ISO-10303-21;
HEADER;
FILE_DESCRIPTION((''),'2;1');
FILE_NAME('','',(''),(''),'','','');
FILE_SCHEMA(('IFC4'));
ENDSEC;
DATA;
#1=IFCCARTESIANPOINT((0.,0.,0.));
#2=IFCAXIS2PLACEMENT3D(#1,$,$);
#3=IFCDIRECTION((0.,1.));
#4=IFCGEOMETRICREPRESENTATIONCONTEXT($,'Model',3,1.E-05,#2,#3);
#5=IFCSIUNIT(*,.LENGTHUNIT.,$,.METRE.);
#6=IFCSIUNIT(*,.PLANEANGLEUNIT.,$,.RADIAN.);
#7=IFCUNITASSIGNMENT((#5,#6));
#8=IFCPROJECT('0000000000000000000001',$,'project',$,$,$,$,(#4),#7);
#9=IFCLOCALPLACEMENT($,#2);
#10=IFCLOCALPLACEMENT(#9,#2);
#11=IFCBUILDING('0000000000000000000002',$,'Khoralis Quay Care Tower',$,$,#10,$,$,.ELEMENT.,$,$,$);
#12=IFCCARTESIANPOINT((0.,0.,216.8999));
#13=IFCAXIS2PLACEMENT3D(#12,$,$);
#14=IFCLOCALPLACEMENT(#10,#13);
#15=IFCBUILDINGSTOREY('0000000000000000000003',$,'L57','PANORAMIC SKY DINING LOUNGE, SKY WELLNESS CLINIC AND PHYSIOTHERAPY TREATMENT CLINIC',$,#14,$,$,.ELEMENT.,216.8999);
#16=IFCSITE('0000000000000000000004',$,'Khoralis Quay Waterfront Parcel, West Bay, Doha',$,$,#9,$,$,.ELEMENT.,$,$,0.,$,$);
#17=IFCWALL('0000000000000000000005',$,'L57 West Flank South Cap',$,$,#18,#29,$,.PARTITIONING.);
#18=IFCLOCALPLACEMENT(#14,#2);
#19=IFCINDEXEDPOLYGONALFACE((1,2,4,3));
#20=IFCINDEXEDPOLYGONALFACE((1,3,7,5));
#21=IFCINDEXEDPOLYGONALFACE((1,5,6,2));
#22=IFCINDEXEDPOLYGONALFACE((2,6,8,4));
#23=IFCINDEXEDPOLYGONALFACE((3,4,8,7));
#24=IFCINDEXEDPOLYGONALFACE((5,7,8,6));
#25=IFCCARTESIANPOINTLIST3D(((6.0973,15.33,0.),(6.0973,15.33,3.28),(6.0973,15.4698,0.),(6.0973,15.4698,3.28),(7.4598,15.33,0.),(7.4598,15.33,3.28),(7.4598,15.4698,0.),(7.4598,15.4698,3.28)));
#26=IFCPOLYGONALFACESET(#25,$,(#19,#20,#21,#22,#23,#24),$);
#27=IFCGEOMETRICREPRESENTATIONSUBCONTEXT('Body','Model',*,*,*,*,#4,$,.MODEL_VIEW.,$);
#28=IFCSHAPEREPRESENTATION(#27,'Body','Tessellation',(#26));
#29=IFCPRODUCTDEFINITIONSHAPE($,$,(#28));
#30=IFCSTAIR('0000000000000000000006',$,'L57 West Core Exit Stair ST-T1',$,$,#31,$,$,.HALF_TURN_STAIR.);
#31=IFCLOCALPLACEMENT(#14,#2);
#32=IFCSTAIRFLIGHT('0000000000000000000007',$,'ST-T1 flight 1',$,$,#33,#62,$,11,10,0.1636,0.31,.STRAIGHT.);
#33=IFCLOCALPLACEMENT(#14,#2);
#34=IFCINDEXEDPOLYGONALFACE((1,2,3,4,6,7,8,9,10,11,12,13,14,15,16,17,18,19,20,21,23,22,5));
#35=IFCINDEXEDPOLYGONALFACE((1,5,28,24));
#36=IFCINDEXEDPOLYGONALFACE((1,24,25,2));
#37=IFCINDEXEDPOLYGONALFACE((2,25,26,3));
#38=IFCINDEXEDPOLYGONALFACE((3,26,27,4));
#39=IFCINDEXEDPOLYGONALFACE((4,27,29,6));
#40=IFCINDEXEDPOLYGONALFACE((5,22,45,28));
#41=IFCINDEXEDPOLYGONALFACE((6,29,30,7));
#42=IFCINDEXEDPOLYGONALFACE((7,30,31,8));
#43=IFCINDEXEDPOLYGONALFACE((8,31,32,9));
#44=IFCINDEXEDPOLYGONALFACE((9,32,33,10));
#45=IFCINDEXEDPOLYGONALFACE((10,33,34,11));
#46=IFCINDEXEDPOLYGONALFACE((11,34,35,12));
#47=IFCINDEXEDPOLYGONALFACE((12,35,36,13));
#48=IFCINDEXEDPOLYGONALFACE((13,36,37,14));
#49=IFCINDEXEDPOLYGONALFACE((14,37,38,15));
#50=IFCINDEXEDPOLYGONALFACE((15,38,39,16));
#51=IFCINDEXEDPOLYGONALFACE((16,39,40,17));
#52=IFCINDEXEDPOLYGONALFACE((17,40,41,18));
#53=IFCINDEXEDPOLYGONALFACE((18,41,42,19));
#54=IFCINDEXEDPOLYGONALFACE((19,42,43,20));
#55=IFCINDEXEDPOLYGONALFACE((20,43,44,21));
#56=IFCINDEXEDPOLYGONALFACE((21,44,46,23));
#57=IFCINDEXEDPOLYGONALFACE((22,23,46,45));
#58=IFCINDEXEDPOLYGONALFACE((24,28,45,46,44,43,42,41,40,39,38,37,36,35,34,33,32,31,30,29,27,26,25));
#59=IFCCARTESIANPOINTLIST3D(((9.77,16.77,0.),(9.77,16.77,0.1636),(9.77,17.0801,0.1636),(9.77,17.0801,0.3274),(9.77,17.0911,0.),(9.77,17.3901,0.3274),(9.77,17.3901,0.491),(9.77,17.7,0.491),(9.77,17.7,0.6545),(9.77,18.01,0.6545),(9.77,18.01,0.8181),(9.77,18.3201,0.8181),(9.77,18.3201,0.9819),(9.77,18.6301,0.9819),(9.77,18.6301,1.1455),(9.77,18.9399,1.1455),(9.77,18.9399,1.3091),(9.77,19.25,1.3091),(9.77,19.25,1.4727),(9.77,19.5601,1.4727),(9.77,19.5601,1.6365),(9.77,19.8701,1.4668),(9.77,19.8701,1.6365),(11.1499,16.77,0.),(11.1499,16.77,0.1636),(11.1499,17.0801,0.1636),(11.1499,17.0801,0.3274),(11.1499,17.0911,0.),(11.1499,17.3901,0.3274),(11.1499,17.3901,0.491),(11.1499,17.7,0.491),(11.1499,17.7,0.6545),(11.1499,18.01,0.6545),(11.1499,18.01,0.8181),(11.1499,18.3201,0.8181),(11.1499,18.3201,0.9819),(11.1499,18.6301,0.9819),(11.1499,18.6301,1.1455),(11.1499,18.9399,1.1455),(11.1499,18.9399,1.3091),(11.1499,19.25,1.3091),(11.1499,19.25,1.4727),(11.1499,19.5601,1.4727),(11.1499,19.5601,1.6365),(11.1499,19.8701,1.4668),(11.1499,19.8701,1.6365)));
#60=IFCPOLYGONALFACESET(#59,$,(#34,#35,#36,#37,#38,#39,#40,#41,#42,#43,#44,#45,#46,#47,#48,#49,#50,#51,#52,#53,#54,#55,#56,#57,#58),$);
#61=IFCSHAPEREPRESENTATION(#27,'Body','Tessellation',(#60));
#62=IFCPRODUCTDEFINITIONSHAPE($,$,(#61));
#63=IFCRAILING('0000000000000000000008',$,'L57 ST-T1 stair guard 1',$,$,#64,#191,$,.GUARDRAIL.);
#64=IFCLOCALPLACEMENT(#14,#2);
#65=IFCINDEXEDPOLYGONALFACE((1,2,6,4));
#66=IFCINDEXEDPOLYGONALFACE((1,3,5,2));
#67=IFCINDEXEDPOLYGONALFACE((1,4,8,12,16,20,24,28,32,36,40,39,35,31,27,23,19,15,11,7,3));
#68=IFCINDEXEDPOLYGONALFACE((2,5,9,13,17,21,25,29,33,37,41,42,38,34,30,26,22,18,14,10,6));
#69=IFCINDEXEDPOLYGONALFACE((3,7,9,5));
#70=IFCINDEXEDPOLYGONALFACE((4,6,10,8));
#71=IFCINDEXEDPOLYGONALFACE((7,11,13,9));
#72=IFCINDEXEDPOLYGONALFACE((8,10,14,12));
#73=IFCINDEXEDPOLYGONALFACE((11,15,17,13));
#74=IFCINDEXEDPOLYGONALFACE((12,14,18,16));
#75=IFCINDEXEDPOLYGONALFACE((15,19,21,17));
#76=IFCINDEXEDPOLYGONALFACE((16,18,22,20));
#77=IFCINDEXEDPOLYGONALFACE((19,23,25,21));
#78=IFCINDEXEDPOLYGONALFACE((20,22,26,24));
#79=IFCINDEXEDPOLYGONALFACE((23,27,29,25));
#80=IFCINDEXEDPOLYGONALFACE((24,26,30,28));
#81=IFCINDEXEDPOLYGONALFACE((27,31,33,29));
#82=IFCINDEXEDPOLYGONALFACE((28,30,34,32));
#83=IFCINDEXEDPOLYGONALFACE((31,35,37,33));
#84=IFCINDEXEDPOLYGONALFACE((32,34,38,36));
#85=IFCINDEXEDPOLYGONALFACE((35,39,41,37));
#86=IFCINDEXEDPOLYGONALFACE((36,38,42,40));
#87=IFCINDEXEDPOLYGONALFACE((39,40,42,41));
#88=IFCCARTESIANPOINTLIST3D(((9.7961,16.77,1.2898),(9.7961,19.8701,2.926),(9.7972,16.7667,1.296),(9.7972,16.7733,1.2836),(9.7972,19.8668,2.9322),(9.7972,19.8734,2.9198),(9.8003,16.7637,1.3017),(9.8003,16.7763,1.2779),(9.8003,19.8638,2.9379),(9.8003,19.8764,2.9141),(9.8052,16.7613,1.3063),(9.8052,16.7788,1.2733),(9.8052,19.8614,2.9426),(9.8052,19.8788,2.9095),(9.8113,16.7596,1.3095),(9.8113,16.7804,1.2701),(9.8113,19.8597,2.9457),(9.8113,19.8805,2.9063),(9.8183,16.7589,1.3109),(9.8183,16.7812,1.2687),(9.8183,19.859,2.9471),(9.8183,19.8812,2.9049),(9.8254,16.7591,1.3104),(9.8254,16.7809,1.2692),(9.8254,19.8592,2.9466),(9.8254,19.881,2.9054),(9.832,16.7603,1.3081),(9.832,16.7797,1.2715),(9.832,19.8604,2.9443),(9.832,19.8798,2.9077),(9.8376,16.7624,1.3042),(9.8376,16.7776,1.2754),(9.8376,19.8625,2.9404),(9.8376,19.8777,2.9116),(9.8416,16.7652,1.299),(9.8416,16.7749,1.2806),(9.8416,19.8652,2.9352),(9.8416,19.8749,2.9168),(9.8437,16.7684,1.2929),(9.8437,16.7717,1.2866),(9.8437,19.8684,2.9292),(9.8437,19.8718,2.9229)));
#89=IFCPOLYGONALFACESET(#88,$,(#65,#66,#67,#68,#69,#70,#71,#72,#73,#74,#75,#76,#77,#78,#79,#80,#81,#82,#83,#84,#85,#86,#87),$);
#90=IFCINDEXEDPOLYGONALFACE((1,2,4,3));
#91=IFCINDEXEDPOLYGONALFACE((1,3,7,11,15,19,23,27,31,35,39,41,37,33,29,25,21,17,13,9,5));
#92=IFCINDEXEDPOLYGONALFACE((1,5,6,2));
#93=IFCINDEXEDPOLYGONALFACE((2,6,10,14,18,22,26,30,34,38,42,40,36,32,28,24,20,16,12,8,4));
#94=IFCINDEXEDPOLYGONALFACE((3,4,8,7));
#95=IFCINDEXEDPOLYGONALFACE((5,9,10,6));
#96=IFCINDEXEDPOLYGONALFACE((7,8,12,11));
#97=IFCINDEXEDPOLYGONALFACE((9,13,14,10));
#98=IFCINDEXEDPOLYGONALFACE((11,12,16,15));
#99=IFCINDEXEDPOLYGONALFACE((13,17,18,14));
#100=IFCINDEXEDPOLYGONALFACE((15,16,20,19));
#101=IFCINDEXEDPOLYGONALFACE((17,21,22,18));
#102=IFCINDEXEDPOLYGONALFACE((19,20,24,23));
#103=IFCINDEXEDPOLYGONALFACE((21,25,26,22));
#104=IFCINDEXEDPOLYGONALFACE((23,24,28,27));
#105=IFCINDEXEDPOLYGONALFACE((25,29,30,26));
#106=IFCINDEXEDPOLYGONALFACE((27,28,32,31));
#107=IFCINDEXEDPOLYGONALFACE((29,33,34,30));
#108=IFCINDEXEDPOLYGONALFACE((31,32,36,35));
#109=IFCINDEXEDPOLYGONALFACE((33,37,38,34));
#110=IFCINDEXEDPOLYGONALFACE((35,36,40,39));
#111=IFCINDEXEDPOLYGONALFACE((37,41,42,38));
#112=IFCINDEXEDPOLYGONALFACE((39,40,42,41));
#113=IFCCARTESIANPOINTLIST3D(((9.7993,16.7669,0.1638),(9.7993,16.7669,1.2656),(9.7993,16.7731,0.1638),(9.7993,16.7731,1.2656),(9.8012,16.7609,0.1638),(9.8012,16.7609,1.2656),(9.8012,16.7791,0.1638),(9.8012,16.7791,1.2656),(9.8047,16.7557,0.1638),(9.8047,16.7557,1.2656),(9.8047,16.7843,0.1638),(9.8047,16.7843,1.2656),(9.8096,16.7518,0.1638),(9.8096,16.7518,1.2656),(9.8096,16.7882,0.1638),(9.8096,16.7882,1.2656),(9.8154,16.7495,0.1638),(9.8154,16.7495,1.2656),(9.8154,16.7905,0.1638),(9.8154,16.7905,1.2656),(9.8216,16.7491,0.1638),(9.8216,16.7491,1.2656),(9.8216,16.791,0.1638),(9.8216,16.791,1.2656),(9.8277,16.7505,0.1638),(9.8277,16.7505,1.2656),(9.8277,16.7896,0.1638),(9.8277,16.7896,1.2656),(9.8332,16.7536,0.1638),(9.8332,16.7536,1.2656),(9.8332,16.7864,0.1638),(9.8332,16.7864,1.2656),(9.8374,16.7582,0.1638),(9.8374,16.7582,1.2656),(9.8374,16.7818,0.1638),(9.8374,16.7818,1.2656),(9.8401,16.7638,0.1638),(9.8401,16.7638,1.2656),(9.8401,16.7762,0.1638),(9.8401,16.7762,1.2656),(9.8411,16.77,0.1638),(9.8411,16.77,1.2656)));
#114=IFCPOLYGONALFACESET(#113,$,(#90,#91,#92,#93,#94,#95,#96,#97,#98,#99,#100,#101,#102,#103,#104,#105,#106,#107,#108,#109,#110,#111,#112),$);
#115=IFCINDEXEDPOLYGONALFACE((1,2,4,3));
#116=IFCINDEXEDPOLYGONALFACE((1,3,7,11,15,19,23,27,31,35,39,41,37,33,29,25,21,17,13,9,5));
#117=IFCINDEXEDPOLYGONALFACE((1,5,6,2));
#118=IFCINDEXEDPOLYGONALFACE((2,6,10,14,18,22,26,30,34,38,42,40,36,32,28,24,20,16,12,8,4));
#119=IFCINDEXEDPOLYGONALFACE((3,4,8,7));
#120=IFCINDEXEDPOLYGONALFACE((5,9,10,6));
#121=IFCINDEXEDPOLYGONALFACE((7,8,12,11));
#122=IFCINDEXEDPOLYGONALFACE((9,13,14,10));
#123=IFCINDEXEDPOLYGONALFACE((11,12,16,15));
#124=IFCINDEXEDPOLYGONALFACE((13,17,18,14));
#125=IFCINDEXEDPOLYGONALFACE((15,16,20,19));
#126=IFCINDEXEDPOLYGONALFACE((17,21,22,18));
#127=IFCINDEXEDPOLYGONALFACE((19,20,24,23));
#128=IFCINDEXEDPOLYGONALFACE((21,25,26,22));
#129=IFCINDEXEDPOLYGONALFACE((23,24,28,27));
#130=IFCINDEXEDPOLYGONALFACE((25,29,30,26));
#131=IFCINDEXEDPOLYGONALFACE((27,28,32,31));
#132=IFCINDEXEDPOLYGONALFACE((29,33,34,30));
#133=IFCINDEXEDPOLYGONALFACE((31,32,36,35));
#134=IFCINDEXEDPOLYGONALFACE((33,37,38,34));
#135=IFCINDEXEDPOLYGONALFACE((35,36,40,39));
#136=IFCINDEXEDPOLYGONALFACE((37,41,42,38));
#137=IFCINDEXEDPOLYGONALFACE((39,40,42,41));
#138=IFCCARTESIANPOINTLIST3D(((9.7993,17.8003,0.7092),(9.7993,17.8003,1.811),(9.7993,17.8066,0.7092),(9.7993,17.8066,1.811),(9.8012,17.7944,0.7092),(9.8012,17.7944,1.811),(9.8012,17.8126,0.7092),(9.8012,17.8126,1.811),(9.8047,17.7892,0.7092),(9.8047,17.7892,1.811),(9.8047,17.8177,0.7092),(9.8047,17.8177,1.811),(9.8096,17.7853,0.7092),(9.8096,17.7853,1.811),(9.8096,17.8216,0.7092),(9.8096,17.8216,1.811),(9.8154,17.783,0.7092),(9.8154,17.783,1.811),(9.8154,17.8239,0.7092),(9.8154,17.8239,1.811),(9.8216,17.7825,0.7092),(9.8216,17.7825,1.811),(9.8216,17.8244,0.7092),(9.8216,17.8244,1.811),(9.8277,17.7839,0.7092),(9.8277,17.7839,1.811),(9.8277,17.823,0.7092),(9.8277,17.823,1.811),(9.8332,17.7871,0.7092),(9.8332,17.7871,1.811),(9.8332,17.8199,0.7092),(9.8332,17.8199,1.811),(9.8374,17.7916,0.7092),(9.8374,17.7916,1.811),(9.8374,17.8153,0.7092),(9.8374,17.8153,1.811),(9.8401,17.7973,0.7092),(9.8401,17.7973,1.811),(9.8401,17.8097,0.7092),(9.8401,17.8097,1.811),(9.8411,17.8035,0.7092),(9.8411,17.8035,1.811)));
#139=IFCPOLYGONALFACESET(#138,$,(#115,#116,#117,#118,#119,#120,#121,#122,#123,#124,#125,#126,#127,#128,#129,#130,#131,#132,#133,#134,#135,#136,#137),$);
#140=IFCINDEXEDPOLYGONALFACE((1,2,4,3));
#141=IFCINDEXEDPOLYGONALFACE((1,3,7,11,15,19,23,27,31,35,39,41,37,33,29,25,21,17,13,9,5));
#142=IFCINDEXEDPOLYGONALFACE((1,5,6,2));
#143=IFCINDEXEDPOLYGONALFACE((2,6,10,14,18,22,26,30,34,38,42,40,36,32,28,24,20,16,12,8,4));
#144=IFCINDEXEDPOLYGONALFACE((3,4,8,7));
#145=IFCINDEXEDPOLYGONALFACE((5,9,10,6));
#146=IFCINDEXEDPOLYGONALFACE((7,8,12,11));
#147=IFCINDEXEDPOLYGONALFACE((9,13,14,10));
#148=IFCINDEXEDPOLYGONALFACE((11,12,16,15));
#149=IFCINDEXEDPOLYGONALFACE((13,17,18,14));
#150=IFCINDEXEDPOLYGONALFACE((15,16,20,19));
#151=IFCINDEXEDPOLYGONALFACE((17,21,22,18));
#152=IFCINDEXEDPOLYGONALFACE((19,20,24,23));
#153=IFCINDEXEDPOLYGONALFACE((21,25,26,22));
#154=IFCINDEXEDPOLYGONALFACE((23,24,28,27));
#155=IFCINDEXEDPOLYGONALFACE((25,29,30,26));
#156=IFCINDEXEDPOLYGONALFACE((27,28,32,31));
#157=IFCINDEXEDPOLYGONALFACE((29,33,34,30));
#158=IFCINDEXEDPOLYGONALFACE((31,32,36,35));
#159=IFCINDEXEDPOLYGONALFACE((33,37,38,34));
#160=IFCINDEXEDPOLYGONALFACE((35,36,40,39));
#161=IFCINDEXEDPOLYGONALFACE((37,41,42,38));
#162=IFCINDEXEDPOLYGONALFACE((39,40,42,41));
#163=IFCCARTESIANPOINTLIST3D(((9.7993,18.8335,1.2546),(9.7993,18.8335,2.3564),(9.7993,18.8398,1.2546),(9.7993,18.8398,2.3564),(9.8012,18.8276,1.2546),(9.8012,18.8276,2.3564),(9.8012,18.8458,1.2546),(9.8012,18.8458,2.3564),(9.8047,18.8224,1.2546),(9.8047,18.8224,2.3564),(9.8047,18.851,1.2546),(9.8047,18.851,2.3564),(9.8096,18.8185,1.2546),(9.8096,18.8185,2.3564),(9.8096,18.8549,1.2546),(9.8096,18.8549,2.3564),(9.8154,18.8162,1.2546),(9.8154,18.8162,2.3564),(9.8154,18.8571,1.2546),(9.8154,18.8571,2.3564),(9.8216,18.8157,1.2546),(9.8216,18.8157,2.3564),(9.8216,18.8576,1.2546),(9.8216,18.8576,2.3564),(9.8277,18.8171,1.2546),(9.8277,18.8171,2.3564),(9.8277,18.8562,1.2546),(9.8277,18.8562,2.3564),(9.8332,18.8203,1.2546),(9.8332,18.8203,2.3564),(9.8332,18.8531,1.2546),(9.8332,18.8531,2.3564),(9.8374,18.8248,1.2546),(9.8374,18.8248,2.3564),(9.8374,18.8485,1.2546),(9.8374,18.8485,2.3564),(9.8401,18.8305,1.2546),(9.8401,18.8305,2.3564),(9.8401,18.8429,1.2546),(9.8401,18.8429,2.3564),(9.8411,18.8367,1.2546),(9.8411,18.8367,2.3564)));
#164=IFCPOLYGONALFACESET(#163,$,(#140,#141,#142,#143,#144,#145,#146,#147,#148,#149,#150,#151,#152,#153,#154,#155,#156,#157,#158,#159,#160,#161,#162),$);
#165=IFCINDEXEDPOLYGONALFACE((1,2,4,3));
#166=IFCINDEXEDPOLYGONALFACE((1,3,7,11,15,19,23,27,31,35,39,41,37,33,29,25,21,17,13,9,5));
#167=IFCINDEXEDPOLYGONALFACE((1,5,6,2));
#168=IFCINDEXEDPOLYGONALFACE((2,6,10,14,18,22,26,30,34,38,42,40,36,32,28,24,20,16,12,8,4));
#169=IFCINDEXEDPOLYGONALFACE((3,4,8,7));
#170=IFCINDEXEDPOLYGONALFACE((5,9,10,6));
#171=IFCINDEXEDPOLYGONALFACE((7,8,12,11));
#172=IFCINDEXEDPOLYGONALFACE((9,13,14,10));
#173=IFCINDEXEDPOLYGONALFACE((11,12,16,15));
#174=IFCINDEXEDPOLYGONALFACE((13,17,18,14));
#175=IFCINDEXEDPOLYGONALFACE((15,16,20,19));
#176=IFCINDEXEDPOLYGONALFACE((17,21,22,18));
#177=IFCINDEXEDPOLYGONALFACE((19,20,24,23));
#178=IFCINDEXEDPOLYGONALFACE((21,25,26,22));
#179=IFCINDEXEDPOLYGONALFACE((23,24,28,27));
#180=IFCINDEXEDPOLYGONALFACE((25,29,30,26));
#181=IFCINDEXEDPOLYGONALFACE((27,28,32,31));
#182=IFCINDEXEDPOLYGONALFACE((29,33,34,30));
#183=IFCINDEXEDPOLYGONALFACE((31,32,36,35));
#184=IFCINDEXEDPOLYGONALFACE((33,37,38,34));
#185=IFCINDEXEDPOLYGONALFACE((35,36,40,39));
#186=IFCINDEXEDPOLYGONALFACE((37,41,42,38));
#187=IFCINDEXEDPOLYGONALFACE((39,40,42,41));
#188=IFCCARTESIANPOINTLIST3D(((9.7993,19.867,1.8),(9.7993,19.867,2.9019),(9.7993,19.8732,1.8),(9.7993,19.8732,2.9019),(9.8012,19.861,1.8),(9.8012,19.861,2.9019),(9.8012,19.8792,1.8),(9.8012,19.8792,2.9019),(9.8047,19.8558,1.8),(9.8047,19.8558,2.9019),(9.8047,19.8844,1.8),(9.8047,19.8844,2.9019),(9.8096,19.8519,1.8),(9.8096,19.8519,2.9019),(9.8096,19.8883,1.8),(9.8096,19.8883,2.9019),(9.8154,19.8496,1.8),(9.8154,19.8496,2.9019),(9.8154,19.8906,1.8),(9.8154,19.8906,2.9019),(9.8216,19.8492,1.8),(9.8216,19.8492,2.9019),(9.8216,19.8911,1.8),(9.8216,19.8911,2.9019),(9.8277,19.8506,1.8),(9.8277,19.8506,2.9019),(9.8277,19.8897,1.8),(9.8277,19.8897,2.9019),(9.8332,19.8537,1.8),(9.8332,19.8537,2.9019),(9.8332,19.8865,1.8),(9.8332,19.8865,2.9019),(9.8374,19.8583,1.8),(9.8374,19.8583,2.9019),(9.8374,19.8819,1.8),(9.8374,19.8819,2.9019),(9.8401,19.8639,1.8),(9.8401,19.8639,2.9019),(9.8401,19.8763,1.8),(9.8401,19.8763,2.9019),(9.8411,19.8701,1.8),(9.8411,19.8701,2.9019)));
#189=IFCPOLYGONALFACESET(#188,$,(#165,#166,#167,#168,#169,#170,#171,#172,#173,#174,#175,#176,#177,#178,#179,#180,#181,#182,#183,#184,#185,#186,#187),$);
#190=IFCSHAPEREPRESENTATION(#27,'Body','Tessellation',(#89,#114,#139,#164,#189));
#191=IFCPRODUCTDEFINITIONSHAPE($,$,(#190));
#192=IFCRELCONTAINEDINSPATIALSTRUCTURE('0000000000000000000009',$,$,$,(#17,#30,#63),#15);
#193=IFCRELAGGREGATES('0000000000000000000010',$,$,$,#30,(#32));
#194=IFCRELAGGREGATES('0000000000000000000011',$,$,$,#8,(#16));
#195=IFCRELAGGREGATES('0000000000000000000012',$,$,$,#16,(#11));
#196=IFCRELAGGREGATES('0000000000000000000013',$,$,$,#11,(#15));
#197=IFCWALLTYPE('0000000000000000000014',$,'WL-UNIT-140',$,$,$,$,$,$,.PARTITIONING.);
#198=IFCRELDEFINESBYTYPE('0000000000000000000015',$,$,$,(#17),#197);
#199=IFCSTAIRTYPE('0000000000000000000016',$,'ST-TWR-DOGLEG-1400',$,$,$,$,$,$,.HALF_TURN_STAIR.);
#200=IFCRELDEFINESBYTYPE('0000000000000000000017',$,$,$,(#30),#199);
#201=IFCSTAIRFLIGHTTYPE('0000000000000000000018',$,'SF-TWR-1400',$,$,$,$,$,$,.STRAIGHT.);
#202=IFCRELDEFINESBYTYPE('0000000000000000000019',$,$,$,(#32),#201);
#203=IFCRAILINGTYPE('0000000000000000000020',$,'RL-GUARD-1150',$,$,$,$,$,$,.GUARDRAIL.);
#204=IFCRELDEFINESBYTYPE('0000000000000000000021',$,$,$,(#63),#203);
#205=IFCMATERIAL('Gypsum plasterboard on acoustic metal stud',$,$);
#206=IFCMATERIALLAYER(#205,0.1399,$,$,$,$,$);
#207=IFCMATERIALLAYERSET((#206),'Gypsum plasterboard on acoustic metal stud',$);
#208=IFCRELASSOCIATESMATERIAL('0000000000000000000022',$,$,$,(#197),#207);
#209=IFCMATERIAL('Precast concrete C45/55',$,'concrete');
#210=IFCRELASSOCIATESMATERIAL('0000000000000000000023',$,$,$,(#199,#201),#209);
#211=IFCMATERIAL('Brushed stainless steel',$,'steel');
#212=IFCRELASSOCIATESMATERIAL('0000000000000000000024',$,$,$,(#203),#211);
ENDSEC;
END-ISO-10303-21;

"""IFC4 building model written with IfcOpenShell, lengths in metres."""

from ifc_helpers import new_model, si_unit, direction, frame, frame_2d, origin, origin_2d, place, context, subcontext, project, spatial, polyline, rectangle, circle, outline, extrude, source, transform, mapped, material, layer, layer_set, type_object, element, aggregate, save


model = new_model("IFC4")

# Units and contexts
model_context = context("Model", 3, precision=1e-05, world=origin(), true_north=direction((0.0, 1.0)))
body_context = subcontext(model_context, "Body", "Model", "MODEL_VIEW")
ifc_project = project(units=[si_unit("LENGTHUNIT", "METRE"), si_unit("PLANEANGLEUNIT", "RADIAN")], contexts=[model_context])

# Site, building, storey
site_placement = place(None, origin())
site = spatial("IfcSite", under=ifc_project, at=site_placement, Name="Khoralis Quay Waterfront Parcel, West Bay, Doha", CompositionType="ELEMENT", RefElevation=0.0)
building_placement = place(site_placement, origin())
building = spatial("IfcBuilding", under=site, at=building_placement, Name="Khoralis Quay Care Tower", CompositionType="ELEMENT")
storey_placement = place(building_placement, frame((0.0, 0.0, 216.8999)))
storey = spatial("IfcBuildingStorey", under=building, at=storey_placement, Name="L57", Description="PANORAMIC SKY DINING LOUNGE, SKY WELLNESS CLINIC AND PHYSIOTHERAPY TREATMENT CLINIC", CompositionType="ELEMENT", Elevation=216.8999)

# Shared definitions
ifc_material_1 = material(Name="Gypsum plasterboard on acoustic metal stud")

# Shared definitions
ifc_material_2 = material(Name="Brushed stainless steel", Category="steel")

# Wall
ifc_material_3 = material(Name="Precast concrete C45/55", Category="concrete")
ifc_layer_1 = layer(ifc_material_1, 0.1399)
ifc_layer_set_1 = layer_set([ifc_layer_1], Name="Gypsum plasterboard on acoustic metal stud")
wall_type_1 = type_object("IfcWallType", Name="WL-UNIT-140", PredefinedType="PARTITIONING", material=ifc_layer_set_1)
wall_1_placement = place(storey_placement, frame((6.0974, 15.3999, 0.0), z_axis=(0.0, 0.0, 1.0), x_axis=(1.0, 0.0, 0.0)))
element("IfcWall", 1, at=wall_1_placement, inside=storey, type_object=wall_type_1, Name="L57 West Flank South Cap", PredefinedType="PARTITIONING", context=body_context, shape_type="SweptSolid", body=[
    extrude(rectangle(XDim=1.3625, YDim=0.1399, at=frame_2d((0.6812, 0.0))), origin(), (0.0, 0.0, 1.0), 3.28),
])

# Stair, stair flight
stair_type = type_object("IfcStairType", Name="ST-TWR-DOGLEG-1400", PredefinedType="HALF_TURN_STAIR", material=ifc_material_3)
stair_placement = place(storey_placement, origin())
stair = element("IfcStair", 2, at=stair_placement, inside=storey, type_object=stair_type, Name="L57 West Core Exit Stair ST-T1", PredefinedType="HALF_TURN_STAIR")
stair_flight_type = type_object("IfcStairFlightType", Name="SF-TWR-1400", PredefinedType="STRAIGHT", material=ifc_material_3)
shared_shape_1 = source(origin(), body_context, "Body", "SweptSolid", [
    extrude(outline(polyline([(0.0, 0.0), (0.0, 0.1636), (0.3101, 0.1636), (0.3101, 0.3274), (0.6201, 0.3274), (0.6201, 0.491), (0.9299, 0.491), (0.9299, 0.6545), (1.24, 0.6545), (1.24, 0.8181), (1.55, 0.8181), (1.55, 0.9819), (1.8601, 0.9819), (1.8601, 1.1455), (2.1699, 1.1455), (2.1699, 1.3091), (2.48, 1.3091), (2.48, 1.4727), (2.79, 1.4727), (2.79, 1.6365), (3.1001, 1.6365), (3.1001, 1.8), (3.1001, 1.4668), (0.321, 0.0), (0.0, 0.0)])), frame((0.0, 0.6899, 0.0), z_axis=(0.0, -1.0, 0.0), x_axis=(1.0, 0.0, 0.0)), (0.0, 0.0, 1.0), 1.3799),
])
stair_flight_placement = place(storey_placement, frame((10.46, 16.77, 0.0), z_axis=(0.0, 0.0, 1.0), x_axis=(0.0, 1.0, 0.0)))
stair_flight = element("IfcStairFlight", 3, at=stair_flight_placement, type_object=stair_flight_type, Name="ST-T1 flight 1", NumberOfRisers=11, NumberOfTreads=10, PredefinedType="STRAIGHT", RiserHeight=0.1636, TreadLength=0.31, context=body_context, shape_type="MappedRepresentation", body=[
    mapped(shared_shape_1, transform((0.0, 0.0, 0.0), scale=1.0)),
])
aggregate(stair, [stair_flight])

# Railing
railing_type_1 = type_object("IfcRailingType", Name="RL-GUARD-1150", PredefinedType="GUARDRAIL", material=ifc_material_2)
railing_1_placement = place(storey_placement, frame((9.8201, 16.77, 0.1638)))
element("IfcRailing", 4, at=railing_1_placement, inside=storey, type_object=railing_type_1, Name="L57 ST-T1 stair guard 1", PredefinedType="GUARDRAIL", context=body_context, shape_type="SweptSolid", body=[
    extrude(circle(Radius=0.0239, at=origin_2d()), frame((0.0, 0.0, 1.126), z_axis=(0.0, 0.884377, 0.466774), x_axis=(-1.0, 0.0, 0.0)), (0.0, 0.0, 1.0), 3.5054),
    extrude(circle(Radius=0.021, at=origin_2d()), origin(), (0.0, 0.0, 1.0), 1.1018),
    extrude(circle(Radius=0.021, at=origin_2d()), frame((0.0, 1.0334, 0.5454)), (0.0, 0.0, 1.0), 1.1018),
    extrude(circle(Radius=0.021, at=origin_2d()), frame((0.0, 2.0667, 1.0908)), (0.0, 0.0, 1.0), 1.1018),
    extrude(circle(Radius=0.021, at=origin_2d()), frame((0.0, 3.1001, 1.6362)), (0.0, 0.0, 1.0), 1.1018),
])

save(model, "model.ifc")
